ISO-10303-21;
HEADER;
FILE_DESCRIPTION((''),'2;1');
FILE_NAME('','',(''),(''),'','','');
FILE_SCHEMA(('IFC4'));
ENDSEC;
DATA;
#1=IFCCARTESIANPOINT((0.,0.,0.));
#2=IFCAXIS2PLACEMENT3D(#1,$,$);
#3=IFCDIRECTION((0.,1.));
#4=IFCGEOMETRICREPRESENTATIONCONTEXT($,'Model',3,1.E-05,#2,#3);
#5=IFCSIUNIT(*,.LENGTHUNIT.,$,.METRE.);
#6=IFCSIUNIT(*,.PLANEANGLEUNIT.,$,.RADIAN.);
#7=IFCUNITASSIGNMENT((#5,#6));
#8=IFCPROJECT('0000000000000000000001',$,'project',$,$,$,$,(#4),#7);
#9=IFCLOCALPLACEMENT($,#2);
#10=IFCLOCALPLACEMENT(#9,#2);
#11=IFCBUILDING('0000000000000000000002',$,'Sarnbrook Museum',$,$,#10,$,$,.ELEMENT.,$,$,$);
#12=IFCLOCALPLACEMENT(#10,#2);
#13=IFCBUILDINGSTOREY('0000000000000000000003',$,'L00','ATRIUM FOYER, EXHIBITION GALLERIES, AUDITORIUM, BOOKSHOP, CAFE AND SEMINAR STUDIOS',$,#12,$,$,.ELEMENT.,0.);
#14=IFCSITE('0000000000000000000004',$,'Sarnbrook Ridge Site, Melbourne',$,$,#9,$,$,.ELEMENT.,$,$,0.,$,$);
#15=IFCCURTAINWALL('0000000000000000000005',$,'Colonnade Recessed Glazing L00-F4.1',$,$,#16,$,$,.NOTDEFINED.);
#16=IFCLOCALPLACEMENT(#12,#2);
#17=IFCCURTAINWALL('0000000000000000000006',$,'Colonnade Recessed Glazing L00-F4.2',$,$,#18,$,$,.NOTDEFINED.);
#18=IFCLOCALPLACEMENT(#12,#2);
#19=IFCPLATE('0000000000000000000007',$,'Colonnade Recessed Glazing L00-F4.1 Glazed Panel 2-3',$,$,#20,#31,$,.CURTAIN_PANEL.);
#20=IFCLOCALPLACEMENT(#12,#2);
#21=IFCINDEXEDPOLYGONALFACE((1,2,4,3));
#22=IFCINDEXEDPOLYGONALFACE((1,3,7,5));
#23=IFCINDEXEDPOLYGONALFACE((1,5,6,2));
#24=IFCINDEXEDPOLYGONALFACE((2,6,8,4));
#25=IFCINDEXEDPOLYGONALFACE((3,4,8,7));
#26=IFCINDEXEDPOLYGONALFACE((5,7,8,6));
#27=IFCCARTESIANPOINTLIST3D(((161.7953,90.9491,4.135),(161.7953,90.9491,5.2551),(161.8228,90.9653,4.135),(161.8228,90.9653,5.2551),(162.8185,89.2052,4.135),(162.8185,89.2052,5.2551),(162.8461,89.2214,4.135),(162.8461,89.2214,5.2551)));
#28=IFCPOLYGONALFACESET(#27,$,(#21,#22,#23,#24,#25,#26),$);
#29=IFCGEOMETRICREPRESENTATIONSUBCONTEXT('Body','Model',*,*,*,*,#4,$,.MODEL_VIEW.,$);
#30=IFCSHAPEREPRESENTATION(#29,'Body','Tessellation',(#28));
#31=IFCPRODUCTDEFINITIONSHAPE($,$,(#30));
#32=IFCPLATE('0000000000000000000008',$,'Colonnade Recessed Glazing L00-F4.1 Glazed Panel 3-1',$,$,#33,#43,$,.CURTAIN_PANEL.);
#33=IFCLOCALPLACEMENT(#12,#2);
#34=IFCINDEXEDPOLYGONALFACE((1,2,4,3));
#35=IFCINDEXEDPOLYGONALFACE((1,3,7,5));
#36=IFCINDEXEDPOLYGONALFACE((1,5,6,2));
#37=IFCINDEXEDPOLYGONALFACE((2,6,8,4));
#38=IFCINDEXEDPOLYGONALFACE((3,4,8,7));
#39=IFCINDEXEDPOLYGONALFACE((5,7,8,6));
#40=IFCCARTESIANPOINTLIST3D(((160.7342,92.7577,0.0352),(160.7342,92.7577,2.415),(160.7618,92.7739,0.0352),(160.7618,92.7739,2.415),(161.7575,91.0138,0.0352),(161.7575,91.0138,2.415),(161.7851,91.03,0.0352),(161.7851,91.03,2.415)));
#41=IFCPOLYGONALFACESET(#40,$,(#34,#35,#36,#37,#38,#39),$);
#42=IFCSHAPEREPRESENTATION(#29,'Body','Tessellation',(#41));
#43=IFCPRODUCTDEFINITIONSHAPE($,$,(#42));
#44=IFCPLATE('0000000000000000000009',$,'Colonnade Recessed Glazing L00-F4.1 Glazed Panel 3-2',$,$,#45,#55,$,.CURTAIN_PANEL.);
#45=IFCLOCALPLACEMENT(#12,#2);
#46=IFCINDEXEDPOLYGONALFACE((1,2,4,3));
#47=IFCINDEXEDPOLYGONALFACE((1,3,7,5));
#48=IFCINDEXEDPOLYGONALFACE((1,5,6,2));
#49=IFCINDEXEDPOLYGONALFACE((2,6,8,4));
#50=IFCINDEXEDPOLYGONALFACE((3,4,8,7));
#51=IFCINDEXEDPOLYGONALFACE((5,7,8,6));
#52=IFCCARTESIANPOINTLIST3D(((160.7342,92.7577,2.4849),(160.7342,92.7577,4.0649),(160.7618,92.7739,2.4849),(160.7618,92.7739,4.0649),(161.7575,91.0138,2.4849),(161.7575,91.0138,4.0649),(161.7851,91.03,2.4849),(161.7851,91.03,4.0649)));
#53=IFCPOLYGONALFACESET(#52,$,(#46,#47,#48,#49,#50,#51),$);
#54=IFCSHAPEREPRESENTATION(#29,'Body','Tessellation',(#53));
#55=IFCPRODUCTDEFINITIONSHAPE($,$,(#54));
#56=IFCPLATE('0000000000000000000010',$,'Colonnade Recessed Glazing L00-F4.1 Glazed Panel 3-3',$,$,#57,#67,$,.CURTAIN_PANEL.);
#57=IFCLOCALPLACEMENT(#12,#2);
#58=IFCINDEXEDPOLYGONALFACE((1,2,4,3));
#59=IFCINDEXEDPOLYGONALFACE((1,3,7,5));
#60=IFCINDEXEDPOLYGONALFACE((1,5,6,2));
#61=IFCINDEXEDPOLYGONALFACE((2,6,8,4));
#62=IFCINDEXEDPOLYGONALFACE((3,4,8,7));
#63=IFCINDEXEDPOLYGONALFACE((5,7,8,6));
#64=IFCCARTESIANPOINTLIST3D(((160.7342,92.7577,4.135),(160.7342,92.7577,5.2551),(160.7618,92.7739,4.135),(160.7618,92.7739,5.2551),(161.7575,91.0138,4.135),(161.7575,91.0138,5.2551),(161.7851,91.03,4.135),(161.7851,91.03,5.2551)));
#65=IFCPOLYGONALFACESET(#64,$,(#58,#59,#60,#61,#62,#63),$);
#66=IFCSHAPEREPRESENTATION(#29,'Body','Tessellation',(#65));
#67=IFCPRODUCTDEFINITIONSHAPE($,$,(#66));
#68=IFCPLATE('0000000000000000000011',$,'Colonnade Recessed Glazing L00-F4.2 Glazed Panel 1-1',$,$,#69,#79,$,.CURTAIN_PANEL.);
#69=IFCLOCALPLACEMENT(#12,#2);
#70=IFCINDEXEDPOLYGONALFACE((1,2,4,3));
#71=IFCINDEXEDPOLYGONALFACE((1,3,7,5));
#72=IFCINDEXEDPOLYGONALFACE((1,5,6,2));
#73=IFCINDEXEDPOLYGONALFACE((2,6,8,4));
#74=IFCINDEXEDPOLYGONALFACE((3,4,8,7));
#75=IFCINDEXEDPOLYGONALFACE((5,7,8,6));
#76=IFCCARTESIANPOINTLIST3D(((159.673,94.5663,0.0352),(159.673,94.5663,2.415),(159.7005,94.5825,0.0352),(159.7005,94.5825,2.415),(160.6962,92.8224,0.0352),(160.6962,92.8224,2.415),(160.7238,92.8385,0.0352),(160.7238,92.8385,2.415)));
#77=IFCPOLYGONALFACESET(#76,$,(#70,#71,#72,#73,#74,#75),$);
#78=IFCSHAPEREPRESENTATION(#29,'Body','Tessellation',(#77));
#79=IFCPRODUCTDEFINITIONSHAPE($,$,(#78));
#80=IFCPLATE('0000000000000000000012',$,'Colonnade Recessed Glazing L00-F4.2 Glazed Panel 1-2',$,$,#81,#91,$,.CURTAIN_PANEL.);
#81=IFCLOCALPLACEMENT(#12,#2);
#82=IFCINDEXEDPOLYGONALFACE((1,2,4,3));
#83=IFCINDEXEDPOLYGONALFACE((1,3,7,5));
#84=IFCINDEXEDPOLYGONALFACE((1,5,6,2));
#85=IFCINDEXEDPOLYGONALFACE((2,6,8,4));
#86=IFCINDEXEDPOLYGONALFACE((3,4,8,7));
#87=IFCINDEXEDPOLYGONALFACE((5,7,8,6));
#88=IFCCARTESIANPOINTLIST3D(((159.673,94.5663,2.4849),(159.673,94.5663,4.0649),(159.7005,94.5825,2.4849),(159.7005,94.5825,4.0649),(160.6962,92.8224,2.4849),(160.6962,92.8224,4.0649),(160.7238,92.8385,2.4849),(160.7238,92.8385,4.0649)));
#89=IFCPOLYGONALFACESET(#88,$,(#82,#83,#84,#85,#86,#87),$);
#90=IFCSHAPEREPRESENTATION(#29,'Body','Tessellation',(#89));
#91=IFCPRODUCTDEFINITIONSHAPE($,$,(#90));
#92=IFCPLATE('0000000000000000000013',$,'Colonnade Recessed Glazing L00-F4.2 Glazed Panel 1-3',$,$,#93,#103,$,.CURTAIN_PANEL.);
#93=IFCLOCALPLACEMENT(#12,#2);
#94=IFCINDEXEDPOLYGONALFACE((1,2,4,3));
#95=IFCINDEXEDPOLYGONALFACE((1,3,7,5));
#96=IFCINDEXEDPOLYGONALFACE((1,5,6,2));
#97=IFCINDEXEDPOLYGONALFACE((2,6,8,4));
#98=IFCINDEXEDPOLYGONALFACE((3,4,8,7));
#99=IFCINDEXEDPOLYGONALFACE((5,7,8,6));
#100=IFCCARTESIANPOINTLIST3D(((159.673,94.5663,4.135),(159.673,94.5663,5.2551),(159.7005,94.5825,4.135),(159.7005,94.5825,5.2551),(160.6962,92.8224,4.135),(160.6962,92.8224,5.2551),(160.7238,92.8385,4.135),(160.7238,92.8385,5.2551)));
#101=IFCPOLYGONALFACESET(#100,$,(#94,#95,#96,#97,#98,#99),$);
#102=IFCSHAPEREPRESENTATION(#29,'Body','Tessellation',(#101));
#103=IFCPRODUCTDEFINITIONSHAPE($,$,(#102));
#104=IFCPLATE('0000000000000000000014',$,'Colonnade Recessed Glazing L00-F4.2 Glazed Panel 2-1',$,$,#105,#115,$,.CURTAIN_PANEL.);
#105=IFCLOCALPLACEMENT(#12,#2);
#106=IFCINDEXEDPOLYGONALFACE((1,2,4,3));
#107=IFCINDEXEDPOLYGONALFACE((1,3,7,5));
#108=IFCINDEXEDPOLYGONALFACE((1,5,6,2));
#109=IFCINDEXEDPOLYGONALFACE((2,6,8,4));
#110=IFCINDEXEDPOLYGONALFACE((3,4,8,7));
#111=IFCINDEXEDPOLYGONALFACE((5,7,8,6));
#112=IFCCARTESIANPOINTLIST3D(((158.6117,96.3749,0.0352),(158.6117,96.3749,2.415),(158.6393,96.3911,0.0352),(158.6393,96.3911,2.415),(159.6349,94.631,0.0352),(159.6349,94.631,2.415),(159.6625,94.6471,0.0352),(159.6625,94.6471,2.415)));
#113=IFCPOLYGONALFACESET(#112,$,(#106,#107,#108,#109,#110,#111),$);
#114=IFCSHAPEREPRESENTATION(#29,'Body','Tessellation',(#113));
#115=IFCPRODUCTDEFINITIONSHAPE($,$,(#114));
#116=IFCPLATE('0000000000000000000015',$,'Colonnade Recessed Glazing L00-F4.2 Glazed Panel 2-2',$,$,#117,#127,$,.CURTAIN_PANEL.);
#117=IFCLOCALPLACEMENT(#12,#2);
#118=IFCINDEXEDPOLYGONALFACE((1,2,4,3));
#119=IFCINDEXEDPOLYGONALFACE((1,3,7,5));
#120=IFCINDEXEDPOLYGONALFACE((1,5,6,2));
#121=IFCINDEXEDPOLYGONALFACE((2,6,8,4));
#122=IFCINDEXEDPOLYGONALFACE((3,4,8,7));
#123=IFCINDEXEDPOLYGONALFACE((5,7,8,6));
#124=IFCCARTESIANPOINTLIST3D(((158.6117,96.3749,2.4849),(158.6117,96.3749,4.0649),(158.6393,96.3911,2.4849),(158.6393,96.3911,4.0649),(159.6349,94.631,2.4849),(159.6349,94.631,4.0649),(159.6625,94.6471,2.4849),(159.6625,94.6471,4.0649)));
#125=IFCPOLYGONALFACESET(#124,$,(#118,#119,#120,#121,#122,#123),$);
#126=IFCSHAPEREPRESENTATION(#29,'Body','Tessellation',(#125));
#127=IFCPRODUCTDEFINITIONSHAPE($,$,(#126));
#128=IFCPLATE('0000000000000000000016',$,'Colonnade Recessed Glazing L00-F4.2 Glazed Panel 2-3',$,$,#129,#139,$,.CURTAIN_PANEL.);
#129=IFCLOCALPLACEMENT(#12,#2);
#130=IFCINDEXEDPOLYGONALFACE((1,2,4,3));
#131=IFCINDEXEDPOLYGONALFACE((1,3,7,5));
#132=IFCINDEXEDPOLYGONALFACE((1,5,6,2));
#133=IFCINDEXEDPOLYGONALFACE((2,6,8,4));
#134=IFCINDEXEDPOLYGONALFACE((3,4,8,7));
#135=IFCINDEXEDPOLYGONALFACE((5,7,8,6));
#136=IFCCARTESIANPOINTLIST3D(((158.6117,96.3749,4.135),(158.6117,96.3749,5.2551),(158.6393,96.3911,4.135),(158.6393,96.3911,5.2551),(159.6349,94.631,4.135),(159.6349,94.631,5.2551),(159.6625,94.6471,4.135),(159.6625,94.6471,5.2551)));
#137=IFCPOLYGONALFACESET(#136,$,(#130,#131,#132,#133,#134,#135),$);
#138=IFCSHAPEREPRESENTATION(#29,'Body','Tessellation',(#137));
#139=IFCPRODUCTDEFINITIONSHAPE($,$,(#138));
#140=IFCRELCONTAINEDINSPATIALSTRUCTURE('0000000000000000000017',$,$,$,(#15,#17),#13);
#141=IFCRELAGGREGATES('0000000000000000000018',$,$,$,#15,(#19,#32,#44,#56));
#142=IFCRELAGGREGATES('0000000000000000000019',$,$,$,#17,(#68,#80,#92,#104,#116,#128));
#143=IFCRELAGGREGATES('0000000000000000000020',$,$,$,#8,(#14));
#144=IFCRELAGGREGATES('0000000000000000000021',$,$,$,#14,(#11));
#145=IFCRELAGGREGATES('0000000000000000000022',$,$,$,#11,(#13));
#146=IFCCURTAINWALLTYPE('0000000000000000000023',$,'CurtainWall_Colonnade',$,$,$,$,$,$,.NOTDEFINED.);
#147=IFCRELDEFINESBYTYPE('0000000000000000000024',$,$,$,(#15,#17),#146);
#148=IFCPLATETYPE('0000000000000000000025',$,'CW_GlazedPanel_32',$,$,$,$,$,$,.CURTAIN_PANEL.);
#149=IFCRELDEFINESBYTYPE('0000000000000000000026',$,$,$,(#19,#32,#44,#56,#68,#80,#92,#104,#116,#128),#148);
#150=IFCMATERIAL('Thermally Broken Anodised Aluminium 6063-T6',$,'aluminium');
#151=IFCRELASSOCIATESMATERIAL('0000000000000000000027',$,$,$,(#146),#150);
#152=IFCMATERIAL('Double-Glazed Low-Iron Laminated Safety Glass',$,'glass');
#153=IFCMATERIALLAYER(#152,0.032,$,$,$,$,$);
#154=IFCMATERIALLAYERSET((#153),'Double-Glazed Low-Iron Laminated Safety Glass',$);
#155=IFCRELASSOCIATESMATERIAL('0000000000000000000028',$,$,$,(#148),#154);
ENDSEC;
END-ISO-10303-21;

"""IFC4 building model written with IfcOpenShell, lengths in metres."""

from ifc_helpers import new_model, si_unit, direction, frame, origin, origin_2d, place, context, subcontext, project, spatial, rectangle, extrude, material, layer, layer_set, type_object, element, aggregate, save


model = new_model("IFC4")

# Units and contexts
model_context = context("Model", 3, precision=1e-05, world=origin(), true_north=direction((0.0, 1.0)))
body_context = subcontext(model_context, "Body", "Model", "MODEL_VIEW")
ifc_project = project(units=[si_unit("LENGTHUNIT", "METRE"), si_unit("PLANEANGLEUNIT", "RADIAN")], contexts=[model_context])

# Site, building, storey
site_placement = place(None, origin())
site = spatial("IfcSite", under=ifc_project, at=site_placement, Name="Sarnbrook Ridge Site, Melbourne", CompositionType="ELEMENT", RefElevation=0.0)
building_placement = place(site_placement, origin())
building = spatial("IfcBuilding", under=site, at=building_placement, Name="Sarnbrook Museum", CompositionType="ELEMENT")
storey_placement = place(building_placement, origin())
storey = spatial("IfcBuildingStorey", under=building, at=storey_placement, Name="L00", Description="ATRIUM FOYER, EXHIBITION GALLERIES, AUDITORIUM, BOOKSHOP, CAFE AND SEMINAR STUDIOS", CompositionType="ELEMENT", Elevation=0.0)

# Curtain walls
ifc_material_1 = material(Name="Thermally Broken Anodised Aluminium 6063-T6", Category="aluminium")
curtain_wall_type = type_object("IfcCurtainWallType", Name="CurtainWall_Colonnade", PredefinedType="NOTDEFINED", material=ifc_material_1)
curtain_wall_1_placement = place(storey_placement, origin())
curtain_wall_1 = element("IfcCurtainWall", 1, at=curtain_wall_1_placement, inside=storey, type_object=curtain_wall_type, Name="Colonnade Recessed Glazing L00-F4.1", PredefinedType="NOTDEFINED")
curtain_wall_2_placement = place(storey_placement, origin())
curtain_wall_2 = element("IfcCurtainWall", 2, at=curtain_wall_2_placement, inside=storey, type_object=curtain_wall_type, Name="Colonnade Recessed Glazing L00-F4.2", PredefinedType="NOTDEFINED")

# Plates
ifc_material_2 = material(Name="Double-Glazed Low-Iron Laminated Safety Glass", Category="glass")
ifc_layer = layer(ifc_material_2, 0.032)
ifc_layer_set = layer_set([ifc_layer], Name="Double-Glazed Low-Iron Laminated Safety Glass")
plate_type = type_object("IfcPlateType", Name="CW_GlazedPanel_32", PredefinedType="CURTAIN_PANEL", material=ifc_layer_set)
plate_1_placement = place(storey_placement, frame((162.3069, 90.0771, 4.6951), z_axis=(0.862498, 0.50606, 0.0), x_axis=(-0.50606, 0.862498, 0.0)))
plate_1 = element("IfcPlate", 3, at=plate_1_placement, type_object=plate_type, Name="Colonnade Recessed Glazing L00-F4.1 Glazed Panel 2-3", PredefinedType="CURTAIN_PANEL", context=body_context, shape_type="SweptSolid", body=[
    extrude(rectangle(XDim=2.022, YDim=1.1201, at=origin_2d()), origin(), (0.0, 0.0, 1.0), 0.032),
])
plate_2_placement = place(storey_placement, frame((161.2458, 91.8857, 1.2251), z_axis=(0.862498, 0.50606, 0.0), x_axis=(-0.50606, 0.862498, 0.0)))
plate_2 = element("IfcPlate", 4, at=plate_2_placement, type_object=plate_type, Name="Colonnade Recessed Glazing L00-F4.1 Glazed Panel 3-1", PredefinedType="CURTAIN_PANEL", context=body_context, shape_type="SweptSolid", body=[
    extrude(rectangle(XDim=2.022, YDim=2.3799, at=origin_2d()), origin(), (0.0, 0.0, 1.0), 0.032),
])
plate_3_placement = place(storey_placement, frame((161.2458, 91.8857, 3.2749), z_axis=(0.862498, 0.50606, 0.0), x_axis=(-0.50606, 0.862498, 0.0)))
plate_3 = element("IfcPlate", 5, at=plate_3_placement, type_object=plate_type, Name="Colonnade Recessed Glazing L00-F4.1 Glazed Panel 3-2", PredefinedType="CURTAIN_PANEL", context=body_context, shape_type="SweptSolid", body=[
    extrude(rectangle(XDim=2.022, YDim=1.5801, at=origin_2d()), origin(), (0.0, 0.0, 1.0), 0.032),
])
plate_4_placement = place(storey_placement, frame((161.2458, 91.8857, 4.6951), z_axis=(0.862498, 0.50606, 0.0), x_axis=(-0.50606, 0.862498, 0.0)))
plate_4 = element("IfcPlate", 6, at=plate_4_placement, type_object=plate_type, Name="Colonnade Recessed Glazing L00-F4.1 Glazed Panel 3-3", PredefinedType="CURTAIN_PANEL", context=body_context, shape_type="SweptSolid", body=[
    extrude(rectangle(XDim=2.022, YDim=1.1201, at=origin_2d()), origin(), (0.0, 0.0, 1.0), 0.032),
])
aggregate(curtain_wall_1, [plate_1, plate_2, plate_3, plate_4])
plate_5_placement = place(storey_placement, frame((160.1846, 93.6943, 1.2251), z_axis=(0.862498, 0.50606, 0.0), x_axis=(-0.50606, 0.862498, 0.0)))
plate_5 = element("IfcPlate", 7, at=plate_5_placement, type_object=plate_type, Name="Colonnade Recessed Glazing L00-F4.2 Glazed Panel 1-1", PredefinedType="CURTAIN_PANEL", context=body_context, shape_type="SweptSolid", body=[
    extrude(rectangle(XDim=2.022, YDim=2.3799, at=origin_2d()), origin(), (0.0, 0.0, 1.0), 0.032),
])
plate_6_placement = place(storey_placement, frame((160.1846, 93.6943, 3.2749), z_axis=(0.862498, 0.50606, 0.0), x_axis=(-0.50606, 0.862498, 0.0)))
plate_6 = element("IfcPlate", 8, at=plate_6_placement, type_object=plate_type, Name="Colonnade Recessed Glazing L00-F4.2 Glazed Panel 1-2", PredefinedType="CURTAIN_PANEL", context=body_context, shape_type="SweptSolid", body=[
    extrude(rectangle(XDim=2.022, YDim=1.5801, at=origin_2d()), origin(), (0.0, 0.0, 1.0), 0.032),
])
plate_7_placement = place(storey_placement, frame((160.1846, 93.6943, 4.6951), z_axis=(0.862498, 0.50606, 0.0), x_axis=(-0.50606, 0.862498, 0.0)))
plate_7 = element("IfcPlate", 9, at=plate_7_placement, type_object=plate_type, Name="Colonnade Recessed Glazing L00-F4.2 Glazed Panel 1-3", PredefinedType="CURTAIN_PANEL", context=body_context, shape_type="SweptSolid", body=[
    extrude(rectangle(XDim=2.022, YDim=1.1201, at=origin_2d()), origin(), (0.0, 0.0, 1.0), 0.032),
])
plate_8_placement = place(storey_placement, frame((159.1233, 95.5029, 1.2251), z_axis=(0.862498, 0.50606, 0.0), x_axis=(-0.50606, 0.862498, 0.0)))
plate_8 = element("IfcPlate", 10, at=plate_8_placement, type_object=plate_type, Name="Colonnade Recessed Glazing L00-F4.2 Glazed Panel 2-1", PredefinedType="CURTAIN_PANEL", context=body_context, shape_type="SweptSolid", body=[
    extrude(rectangle(XDim=2.022, YDim=2.3799, at=origin_2d()), origin(), (0.0, 0.0, 1.0), 0.032),
])
plate_9_placement = place(storey_placement, frame((159.1233, 95.5029, 3.2749), z_axis=(0.862498, 0.50606, 0.0), x_axis=(-0.50606, 0.862498, 0.0)))
plate_9 = element("IfcPlate", 11, at=plate_9_placement, type_object=plate_type, Name="Colonnade Recessed Glazing L00-F4.2 Glazed Panel 2-2", PredefinedType="CURTAIN_PANEL", context=body_context, shape_type="SweptSolid", body=[
    extrude(rectangle(XDim=2.022, YDim=1.5801, at=origin_2d()), origin(), (0.0, 0.0, 1.0), 0.032),
])
plate_10_placement = place(storey_placement, frame((159.1233, 95.5029, 4.6951), z_axis=(0.862498, 0.50606, 0.0), x_axis=(-0.50606, 0.862498, 0.0)))
plate_10 = element("IfcPlate", 12, at=plate_10_placement, type_object=plate_type, Name="Colonnade Recessed Glazing L00-F4.2 Glazed Panel 2-3", PredefinedType="CURTAIN_PANEL", context=body_context, shape_type="SweptSolid", body=[
    extrude(rectangle(XDim=2.022, YDim=1.1201, at=origin_2d()), origin(), (0.0, 0.0, 1.0), 0.032),
])
aggregate(curtain_wall_2, [plate_5, plate_6, plate_7, plate_8, plate_9, plate_10])

save(model, "model.ifc")
